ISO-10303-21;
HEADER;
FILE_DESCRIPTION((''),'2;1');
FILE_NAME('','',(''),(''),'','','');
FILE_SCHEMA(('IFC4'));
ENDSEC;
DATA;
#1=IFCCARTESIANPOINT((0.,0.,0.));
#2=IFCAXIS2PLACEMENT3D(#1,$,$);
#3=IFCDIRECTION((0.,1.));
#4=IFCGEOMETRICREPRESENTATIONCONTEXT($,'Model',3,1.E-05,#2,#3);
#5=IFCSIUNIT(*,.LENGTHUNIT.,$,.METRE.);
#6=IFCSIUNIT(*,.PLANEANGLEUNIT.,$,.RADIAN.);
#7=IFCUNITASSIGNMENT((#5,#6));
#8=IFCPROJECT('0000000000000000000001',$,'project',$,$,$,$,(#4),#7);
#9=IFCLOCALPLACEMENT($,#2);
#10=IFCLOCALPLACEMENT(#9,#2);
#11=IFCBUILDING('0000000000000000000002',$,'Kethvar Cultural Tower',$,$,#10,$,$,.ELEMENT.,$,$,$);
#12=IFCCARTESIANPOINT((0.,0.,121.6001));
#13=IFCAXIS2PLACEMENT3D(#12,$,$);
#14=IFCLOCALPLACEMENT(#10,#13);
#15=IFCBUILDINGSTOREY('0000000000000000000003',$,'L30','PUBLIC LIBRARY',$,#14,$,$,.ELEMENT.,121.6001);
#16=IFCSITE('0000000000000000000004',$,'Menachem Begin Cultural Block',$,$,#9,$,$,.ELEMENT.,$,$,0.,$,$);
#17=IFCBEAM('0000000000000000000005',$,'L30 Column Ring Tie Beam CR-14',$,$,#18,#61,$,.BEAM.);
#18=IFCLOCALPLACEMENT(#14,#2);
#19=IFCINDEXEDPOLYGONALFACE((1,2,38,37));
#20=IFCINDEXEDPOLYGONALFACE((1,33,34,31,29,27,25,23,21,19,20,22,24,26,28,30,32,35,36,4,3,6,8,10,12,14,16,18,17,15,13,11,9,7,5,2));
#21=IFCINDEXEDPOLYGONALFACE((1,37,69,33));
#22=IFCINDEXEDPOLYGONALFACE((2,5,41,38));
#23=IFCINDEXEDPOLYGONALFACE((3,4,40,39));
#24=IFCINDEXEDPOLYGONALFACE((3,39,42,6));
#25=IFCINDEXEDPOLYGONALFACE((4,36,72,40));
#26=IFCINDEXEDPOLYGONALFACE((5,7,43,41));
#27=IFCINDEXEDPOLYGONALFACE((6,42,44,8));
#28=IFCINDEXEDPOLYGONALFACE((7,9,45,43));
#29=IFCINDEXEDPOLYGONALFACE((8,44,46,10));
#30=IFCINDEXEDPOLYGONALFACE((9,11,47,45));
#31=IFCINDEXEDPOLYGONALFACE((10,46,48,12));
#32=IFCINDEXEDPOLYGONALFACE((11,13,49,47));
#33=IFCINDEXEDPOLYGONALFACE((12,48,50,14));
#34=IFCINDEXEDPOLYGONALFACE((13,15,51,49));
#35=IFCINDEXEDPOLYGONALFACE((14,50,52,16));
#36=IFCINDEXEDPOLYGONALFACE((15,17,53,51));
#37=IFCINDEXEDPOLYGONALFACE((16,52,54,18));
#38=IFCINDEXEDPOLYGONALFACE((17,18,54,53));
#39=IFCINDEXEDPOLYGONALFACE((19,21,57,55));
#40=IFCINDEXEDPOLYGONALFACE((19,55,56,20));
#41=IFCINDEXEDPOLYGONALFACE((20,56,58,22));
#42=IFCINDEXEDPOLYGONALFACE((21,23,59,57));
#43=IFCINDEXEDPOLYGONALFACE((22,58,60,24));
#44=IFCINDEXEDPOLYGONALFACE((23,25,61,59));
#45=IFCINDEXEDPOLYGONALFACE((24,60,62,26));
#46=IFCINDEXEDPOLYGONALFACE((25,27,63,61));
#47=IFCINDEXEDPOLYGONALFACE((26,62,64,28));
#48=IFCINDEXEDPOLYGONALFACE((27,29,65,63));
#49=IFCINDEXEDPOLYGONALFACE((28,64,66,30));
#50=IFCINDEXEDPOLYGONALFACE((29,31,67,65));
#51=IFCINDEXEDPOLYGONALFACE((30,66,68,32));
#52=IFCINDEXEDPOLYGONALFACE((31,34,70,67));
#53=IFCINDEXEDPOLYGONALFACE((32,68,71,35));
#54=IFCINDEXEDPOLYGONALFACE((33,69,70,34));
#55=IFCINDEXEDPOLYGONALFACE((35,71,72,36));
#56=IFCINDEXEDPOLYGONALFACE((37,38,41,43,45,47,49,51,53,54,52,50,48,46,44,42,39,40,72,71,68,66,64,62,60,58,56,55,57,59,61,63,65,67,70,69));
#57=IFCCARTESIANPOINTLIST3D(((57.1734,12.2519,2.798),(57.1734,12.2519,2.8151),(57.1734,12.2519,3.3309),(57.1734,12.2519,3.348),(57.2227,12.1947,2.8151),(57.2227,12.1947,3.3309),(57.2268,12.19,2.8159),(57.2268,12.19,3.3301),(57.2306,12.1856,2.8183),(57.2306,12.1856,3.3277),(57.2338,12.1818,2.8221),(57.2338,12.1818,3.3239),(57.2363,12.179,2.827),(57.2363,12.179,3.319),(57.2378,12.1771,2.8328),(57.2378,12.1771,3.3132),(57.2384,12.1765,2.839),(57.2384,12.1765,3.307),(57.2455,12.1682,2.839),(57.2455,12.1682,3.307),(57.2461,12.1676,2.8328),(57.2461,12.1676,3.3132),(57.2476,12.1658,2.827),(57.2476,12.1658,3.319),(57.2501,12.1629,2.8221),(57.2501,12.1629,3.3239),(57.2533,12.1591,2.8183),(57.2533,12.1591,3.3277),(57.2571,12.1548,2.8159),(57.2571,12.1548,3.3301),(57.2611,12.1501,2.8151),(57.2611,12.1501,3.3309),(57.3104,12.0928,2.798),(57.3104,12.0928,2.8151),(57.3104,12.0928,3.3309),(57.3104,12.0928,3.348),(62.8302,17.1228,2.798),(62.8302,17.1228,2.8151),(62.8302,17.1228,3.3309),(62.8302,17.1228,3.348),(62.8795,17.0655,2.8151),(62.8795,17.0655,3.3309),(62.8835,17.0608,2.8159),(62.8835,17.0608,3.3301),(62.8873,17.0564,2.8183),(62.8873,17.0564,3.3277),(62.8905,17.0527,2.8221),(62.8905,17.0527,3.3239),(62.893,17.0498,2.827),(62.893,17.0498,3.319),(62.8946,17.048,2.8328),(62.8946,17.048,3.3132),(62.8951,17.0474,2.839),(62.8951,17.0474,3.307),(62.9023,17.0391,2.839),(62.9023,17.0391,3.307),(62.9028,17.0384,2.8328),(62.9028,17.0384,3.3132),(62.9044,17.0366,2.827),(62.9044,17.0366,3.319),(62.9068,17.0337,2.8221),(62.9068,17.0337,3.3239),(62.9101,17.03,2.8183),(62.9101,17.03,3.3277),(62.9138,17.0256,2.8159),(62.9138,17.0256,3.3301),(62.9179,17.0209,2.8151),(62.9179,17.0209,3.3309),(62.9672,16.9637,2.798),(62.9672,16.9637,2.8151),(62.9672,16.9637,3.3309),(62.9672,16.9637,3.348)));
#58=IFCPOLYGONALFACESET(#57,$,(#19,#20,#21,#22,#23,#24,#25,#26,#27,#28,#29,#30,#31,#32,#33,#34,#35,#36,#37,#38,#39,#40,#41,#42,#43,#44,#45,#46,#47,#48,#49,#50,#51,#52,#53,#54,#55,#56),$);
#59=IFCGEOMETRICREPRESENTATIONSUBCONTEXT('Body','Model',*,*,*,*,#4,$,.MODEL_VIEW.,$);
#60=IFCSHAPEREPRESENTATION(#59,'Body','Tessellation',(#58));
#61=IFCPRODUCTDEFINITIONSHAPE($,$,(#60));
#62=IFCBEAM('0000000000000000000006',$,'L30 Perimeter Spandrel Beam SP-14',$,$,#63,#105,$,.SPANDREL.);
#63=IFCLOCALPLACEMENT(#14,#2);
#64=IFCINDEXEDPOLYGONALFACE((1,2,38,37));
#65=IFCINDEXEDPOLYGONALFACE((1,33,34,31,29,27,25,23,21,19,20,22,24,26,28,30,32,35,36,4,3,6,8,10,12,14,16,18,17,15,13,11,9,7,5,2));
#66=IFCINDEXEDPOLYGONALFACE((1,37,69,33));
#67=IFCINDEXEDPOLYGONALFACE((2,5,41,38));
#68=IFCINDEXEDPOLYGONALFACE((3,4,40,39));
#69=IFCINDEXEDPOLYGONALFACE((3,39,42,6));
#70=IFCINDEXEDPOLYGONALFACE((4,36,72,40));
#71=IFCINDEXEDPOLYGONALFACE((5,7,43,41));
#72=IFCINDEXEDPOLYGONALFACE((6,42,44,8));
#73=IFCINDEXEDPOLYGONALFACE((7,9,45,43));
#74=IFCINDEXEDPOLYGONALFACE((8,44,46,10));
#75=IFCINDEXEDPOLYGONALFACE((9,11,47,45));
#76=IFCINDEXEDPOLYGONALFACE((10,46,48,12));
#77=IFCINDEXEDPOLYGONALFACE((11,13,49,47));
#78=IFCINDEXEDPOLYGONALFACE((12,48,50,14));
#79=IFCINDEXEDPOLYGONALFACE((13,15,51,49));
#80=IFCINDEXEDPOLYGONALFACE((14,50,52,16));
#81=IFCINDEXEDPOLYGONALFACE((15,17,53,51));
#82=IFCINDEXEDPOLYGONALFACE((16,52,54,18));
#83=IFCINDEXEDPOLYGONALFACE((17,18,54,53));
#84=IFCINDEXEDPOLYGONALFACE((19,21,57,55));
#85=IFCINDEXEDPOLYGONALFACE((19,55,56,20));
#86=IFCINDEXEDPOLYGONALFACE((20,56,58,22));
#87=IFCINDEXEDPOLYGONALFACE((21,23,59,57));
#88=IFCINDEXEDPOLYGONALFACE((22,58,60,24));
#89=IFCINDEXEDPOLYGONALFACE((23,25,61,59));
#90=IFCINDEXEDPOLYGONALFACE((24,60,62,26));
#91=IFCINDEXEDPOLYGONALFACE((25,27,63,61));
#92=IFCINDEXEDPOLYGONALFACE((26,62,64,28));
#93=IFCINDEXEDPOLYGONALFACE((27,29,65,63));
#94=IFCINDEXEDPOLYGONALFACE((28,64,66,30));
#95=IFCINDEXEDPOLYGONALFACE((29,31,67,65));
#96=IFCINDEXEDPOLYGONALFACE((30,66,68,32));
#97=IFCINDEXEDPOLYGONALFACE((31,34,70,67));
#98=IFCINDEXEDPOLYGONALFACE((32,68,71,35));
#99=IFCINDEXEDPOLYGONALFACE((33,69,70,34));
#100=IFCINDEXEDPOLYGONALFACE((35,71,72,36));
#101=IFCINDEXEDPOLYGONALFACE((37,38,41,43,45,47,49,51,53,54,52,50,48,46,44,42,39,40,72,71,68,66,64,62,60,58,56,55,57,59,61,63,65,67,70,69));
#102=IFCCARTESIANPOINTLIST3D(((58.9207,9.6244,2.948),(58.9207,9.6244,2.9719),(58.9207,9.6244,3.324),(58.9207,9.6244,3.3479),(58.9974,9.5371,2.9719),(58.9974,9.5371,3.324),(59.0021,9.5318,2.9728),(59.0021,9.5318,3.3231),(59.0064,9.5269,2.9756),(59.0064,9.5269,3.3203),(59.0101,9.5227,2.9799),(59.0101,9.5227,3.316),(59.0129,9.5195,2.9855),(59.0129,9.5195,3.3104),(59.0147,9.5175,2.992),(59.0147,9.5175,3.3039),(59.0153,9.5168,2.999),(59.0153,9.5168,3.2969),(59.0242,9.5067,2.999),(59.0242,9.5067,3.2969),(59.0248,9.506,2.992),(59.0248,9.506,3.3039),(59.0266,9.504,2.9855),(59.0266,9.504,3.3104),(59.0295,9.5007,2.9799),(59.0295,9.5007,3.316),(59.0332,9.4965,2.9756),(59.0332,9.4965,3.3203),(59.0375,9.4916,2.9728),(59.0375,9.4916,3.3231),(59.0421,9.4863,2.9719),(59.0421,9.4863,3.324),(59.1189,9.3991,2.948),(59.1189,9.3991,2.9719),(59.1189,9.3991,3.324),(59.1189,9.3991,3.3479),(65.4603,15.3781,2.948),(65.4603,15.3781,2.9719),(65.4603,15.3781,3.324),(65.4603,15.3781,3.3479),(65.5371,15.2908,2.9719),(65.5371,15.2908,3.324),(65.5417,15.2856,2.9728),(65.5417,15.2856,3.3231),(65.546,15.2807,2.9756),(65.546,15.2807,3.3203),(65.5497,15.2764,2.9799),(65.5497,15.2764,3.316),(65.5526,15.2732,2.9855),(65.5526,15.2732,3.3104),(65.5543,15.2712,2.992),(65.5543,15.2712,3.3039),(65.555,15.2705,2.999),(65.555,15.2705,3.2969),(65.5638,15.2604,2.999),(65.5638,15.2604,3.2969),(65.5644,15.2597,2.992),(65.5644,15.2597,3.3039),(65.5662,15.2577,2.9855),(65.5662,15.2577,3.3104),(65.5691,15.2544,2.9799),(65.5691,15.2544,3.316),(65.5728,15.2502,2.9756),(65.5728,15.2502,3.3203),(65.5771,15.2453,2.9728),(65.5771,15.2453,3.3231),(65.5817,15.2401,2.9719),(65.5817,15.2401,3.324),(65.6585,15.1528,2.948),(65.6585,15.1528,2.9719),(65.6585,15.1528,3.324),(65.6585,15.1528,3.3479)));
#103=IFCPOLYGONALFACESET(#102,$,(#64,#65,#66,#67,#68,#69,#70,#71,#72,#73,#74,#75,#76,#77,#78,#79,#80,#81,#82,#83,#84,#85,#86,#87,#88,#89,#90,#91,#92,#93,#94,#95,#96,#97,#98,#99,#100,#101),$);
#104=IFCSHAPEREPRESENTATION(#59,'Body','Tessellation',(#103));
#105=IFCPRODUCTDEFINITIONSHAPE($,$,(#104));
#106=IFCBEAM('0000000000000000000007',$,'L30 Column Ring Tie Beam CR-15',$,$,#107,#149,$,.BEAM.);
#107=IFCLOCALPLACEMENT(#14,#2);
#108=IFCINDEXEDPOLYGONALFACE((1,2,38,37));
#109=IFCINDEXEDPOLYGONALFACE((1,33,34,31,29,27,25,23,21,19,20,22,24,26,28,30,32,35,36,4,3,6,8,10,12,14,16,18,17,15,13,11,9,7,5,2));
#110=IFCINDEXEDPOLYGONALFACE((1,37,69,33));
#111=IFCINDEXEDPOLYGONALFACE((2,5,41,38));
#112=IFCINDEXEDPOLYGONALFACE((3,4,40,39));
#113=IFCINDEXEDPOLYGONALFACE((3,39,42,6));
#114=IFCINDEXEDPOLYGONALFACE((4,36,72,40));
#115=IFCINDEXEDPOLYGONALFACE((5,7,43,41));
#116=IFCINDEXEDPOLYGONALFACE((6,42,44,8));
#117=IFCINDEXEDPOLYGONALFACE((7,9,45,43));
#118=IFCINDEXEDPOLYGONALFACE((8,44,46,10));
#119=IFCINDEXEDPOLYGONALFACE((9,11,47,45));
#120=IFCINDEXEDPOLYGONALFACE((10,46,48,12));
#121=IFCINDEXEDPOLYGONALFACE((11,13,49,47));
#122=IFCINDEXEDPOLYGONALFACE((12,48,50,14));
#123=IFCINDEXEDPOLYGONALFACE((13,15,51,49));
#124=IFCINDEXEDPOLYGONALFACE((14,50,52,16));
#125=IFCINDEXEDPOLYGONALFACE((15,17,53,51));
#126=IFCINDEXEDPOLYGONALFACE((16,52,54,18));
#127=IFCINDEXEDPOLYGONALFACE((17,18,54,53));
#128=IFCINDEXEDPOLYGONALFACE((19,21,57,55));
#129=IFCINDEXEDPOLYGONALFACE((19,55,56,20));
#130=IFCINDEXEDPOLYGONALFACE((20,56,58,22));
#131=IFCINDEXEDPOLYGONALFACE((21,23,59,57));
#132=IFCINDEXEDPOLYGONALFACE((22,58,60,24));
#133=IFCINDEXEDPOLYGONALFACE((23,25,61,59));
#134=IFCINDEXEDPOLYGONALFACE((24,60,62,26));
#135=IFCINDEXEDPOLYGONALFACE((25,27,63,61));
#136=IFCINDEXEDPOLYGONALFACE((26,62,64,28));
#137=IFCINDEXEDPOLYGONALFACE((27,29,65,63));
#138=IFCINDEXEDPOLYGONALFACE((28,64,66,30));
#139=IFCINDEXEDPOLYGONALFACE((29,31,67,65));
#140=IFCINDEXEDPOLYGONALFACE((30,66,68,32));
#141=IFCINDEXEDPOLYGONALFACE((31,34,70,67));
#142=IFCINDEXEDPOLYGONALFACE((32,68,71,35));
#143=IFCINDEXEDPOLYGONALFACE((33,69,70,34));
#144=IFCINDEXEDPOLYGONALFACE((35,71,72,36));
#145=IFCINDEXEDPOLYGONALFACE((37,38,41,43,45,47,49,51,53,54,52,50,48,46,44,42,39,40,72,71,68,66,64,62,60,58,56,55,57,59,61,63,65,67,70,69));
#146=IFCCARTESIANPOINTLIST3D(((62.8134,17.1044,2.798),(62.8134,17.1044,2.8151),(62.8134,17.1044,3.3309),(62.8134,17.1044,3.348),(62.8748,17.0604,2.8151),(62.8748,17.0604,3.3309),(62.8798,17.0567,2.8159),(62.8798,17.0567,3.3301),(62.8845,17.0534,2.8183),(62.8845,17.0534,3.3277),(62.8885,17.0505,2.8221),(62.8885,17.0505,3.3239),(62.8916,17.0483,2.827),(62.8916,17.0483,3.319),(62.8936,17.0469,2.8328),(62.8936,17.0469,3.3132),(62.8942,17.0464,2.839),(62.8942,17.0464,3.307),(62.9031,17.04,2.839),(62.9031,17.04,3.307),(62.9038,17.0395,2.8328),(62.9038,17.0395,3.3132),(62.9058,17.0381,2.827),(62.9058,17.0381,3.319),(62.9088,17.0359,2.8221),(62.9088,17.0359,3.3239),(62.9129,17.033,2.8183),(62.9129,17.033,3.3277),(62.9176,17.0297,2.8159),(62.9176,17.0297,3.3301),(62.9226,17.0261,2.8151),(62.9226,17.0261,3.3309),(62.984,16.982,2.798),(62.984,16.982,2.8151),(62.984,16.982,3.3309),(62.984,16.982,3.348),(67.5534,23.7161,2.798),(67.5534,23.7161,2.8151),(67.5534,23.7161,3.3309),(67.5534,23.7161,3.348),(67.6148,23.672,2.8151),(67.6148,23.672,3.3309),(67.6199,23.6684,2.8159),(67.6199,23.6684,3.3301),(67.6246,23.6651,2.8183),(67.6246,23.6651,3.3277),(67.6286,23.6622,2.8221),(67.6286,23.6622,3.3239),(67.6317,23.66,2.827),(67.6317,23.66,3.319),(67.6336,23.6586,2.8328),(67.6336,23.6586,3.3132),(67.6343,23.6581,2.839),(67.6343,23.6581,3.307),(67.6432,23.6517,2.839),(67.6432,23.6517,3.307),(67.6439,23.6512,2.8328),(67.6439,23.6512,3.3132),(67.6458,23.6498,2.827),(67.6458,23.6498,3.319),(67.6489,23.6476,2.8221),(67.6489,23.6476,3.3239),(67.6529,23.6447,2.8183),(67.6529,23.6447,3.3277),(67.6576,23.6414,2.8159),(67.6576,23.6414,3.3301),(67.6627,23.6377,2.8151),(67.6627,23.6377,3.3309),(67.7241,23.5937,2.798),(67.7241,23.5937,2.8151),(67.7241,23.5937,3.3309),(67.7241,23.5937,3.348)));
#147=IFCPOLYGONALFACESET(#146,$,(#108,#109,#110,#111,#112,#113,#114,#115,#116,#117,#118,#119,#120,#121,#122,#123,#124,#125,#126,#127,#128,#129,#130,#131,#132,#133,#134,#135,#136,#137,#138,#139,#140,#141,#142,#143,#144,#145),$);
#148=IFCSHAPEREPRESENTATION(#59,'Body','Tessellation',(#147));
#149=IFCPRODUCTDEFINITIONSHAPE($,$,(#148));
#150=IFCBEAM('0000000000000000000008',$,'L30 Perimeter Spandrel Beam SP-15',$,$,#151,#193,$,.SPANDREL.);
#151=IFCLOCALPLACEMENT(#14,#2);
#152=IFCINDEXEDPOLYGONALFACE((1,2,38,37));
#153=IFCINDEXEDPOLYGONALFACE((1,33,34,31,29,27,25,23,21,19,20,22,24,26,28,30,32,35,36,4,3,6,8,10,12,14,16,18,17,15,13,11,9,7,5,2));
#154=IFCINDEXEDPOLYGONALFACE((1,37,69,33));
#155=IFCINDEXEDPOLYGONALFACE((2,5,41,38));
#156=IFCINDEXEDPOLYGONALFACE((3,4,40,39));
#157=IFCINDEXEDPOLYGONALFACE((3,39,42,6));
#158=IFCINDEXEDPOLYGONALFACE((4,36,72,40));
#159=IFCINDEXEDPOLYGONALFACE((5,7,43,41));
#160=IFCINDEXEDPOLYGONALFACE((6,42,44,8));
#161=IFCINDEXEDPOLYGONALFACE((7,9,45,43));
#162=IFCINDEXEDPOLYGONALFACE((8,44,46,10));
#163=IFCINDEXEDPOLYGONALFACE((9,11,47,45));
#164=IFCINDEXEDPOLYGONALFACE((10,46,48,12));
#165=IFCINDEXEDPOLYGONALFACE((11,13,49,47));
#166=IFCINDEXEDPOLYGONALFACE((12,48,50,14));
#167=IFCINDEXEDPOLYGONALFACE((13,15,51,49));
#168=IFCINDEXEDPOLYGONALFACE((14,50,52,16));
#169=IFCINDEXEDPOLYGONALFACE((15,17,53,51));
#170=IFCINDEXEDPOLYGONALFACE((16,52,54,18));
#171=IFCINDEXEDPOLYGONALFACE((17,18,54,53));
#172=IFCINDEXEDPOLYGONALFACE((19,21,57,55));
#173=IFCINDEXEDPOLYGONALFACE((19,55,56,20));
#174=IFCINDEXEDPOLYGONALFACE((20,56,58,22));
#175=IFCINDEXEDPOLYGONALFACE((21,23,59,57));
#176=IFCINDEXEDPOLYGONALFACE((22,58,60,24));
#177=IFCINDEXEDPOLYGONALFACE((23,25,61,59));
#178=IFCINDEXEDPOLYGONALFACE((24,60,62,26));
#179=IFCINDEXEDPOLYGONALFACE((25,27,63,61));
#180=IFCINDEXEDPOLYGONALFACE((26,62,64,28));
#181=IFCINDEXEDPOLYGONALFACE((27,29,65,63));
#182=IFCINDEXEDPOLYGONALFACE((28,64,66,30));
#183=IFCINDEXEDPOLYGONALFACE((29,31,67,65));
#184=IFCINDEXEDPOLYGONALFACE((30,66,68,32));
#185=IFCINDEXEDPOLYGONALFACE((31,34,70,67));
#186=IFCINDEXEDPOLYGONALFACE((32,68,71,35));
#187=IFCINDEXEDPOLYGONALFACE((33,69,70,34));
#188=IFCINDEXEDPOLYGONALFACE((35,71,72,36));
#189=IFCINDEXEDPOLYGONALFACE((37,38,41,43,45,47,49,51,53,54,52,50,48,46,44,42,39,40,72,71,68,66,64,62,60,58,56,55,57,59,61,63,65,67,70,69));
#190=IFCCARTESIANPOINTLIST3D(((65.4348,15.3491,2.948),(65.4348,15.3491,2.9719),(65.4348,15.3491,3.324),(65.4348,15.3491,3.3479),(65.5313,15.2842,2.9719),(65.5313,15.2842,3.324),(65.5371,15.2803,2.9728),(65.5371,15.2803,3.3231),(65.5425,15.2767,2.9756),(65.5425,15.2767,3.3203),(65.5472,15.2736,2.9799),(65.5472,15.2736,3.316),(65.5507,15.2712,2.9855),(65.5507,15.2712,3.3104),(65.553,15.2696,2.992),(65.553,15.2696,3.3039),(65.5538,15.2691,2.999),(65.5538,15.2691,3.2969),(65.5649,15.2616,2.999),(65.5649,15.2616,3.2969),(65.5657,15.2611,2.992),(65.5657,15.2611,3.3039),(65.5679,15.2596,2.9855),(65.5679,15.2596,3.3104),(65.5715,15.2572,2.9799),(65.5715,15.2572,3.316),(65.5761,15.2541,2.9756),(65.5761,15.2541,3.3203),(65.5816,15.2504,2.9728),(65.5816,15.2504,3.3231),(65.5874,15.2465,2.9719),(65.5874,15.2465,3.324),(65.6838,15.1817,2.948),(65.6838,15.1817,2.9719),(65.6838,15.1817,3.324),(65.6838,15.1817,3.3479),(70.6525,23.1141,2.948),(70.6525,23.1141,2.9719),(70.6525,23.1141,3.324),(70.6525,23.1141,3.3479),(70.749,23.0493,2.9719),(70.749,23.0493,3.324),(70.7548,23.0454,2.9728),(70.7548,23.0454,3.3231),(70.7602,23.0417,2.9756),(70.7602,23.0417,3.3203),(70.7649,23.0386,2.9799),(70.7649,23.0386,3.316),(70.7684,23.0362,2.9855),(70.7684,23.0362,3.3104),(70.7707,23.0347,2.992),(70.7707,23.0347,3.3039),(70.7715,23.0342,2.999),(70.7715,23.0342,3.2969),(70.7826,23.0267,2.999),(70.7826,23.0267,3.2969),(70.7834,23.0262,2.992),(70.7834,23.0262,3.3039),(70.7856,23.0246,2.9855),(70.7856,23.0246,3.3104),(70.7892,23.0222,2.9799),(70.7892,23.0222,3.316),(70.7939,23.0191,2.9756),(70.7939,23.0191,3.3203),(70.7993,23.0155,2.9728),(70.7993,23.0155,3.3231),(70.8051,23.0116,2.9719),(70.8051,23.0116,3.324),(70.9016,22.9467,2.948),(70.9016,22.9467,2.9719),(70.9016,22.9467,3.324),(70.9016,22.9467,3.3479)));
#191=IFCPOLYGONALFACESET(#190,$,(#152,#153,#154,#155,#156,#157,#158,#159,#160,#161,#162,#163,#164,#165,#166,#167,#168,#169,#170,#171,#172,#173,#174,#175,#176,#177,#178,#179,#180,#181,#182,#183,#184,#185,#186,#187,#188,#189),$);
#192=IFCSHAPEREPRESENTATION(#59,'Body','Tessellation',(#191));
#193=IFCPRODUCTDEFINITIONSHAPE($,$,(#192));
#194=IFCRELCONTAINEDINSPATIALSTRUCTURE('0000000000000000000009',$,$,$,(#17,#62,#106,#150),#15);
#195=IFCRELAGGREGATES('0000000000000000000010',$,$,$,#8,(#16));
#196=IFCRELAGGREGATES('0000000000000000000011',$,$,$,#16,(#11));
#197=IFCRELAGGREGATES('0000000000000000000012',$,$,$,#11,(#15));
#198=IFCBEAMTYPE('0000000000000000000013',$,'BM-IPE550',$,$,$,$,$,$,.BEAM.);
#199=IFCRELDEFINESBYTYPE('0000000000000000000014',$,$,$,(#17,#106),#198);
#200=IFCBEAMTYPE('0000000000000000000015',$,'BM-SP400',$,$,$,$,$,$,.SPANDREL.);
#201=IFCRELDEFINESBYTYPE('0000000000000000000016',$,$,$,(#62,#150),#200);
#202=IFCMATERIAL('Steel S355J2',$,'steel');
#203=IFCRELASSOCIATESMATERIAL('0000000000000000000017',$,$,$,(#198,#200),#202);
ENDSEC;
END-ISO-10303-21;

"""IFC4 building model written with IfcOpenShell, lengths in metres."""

from ifc_helpers import new_model, si_unit, direction, frame, origin, origin_2d, place, context, subcontext, project, spatial, i_section, extrude, source, transform, mapped, material, material_profile, profile_set, type_object, element, save


model = new_model("IFC4")

# Units and contexts
model_context = context("Model", 3, precision=1e-05, world=origin(), true_north=direction((0.0, 1.0)))
body_context = subcontext(model_context, "Body", "Model", "MODEL_VIEW")
ifc_project = project(units=[si_unit("LENGTHUNIT", "METRE"), si_unit("PLANEANGLEUNIT", "RADIAN")], contexts=[model_context])

# Site, building, storey
site_placement = place(None, origin())
site = spatial("IfcSite", under=ifc_project, at=site_placement, Name="Menachem Begin Cultural Block", CompositionType="ELEMENT", RefElevation=0.0)
building_placement = place(site_placement, origin())
building = spatial("IfcBuilding", under=site, at=building_placement, Name="Kethvar Cultural Tower", CompositionType="ELEMENT")
storey_placement = place(building_placement, frame((0.0, 0.0, 121.6001)))
storey = spatial("IfcBuildingStorey", under=building, at=storey_placement, Name="L30", Description="PUBLIC LIBRARY", CompositionType="ELEMENT", Elevation=121.6001)

# Beams
ifc_material_1 = material(Name="Steel S355J2", Category="steel")
ifc_material_profile_1 = material_profile(ifc_material_1, i_section(OverallWidth=0.21, OverallDepth=0.55, WebThickness=0.011, FlangeThickness=0.0171, FilletRadius=0.0239, at=origin_2d()), Name="Steel S355J2 — IPE550")
ifc_profile_set_1 = profile_set([ifc_material_profile_1], Name="Steel S355J2 — IPE550")
beam_type_1 = type_object("IfcBeamType", Name="BM-IPE550", PredefinedType="BEAM", material=ifc_profile_set_1)
shared_shape_1 = source(origin(), body_context, "Body", "SweptSolid", [
    extrude(i_section(OverallWidth=0.21, OverallDepth=0.55, WebThickness=0.011, FlangeThickness=0.0171, FilletRadius=0.0239, at=origin_2d()), origin(), (0.0, 0.0, 1.0), 7.4648),
])
beam_1_placement = place(storey_placement, frame((57.2419, 12.1724, 3.073), z_axis=(0.757784, 0.652505, 0.0), x_axis=(-0.652505, 0.757784, 0.0)))
element("IfcBeam", 1, at=beam_1_placement, inside=storey, type_object=beam_type_1, Name="L30 Column Ring Tie Beam CR-14", PredefinedType="BEAM", context=body_context, shape_type="MappedRepresentation", body=[
    mapped(shared_shape_1, transform((0.0, 0.0, 0.0), scale=1.0)),
])
ifc_material_profile_2 = material_profile(ifc_material_1, i_section(OverallWidth=0.3, OverallDepth=0.3999, WebThickness=0.0134, FlangeThickness=0.0239, FilletRadius=0.0271, at=origin_2d()), Name="Steel S355J2 — HEB400")
ifc_profile_set_2 = profile_set([ifc_material_profile_2], Name="Steel S355J2 — HEB400")
beam_type_2 = type_object("IfcBeamType", Name="BM-SP400", PredefinedType="SPANDREL", material=ifc_profile_set_2)
shared_shape_2 = source(origin(), body_context, "Body", "SweptSolid", [
    extrude(i_section(OverallWidth=0.3, OverallDepth=0.3999, WebThickness=0.0134, FlangeThickness=0.0239, FilletRadius=0.0271, at=origin_2d()), origin(), (0.0, 0.0, 1.0), 8.7104),
])
beam_2_placement = place(storey_placement, frame((59.0198, 9.5117, 3.1479), z_axis=(0.750779, 0.660554, 0.0), x_axis=(-0.660554, 0.750779, 0.0)))
element("IfcBeam", 2, at=beam_2_placement, inside=storey, type_object=beam_type_2, Name="L30 Perimeter Spandrel Beam SP-14", PredefinedType="SPANDREL", context=body_context, shape_type="MappedRepresentation", body=[
    mapped(shared_shape_2, transform((0.0, 0.0, 0.0), scale=1.0)),
])
shared_shape_3 = source(origin(), body_context, "Body", "SweptSolid", [
    extrude(i_section(OverallWidth=0.21, OverallDepth=0.55, WebThickness=0.011, FlangeThickness=0.0171, FilletRadius=0.0239, at=origin_2d()), origin(), (0.0, 0.0, 1.0), 8.1353),
])
beam_3_placement = place(storey_placement, frame((62.8987, 17.0432, 3.073), z_axis=(0.582657, 0.812718, 0.0), x_axis=(-0.812718, 0.582657, 0.0)))
element("IfcBeam", 3, at=beam_3_placement, inside=storey, type_object=beam_type_1, Name="L30 Column Ring Tie Beam CR-15", PredefinedType="BEAM", context=body_context, shape_type="MappedRepresentation", body=[
    mapped(shared_shape_3, transform((0.0, 0.0, 0.0), scale=1.0)),
])
shared_shape_4 = source(origin(), body_context, "Body", "SweptSolid", [
    extrude(i_section(OverallWidth=0.3, OverallDepth=0.3999, WebThickness=0.0134, FlangeThickness=0.0239, FilletRadius=0.0271, at=origin_2d()), origin(), (0.0, 0.0, 1.0), 9.3552),
])
beam_4_placement = place(storey_placement, frame((65.5593, 15.2654, 3.1479), z_axis=(0.557732, 0.830021, 0.0), x_axis=(-0.830021, 0.557732, 0.0)))
element("IfcBeam", 4, at=beam_4_placement, inside=storey, type_object=beam_type_2, Name="L30 Perimeter Spandrel Beam SP-15", PredefinedType="SPANDREL", context=body_context, shape_type="MappedRepresentation", body=[
    mapped(shared_shape_4, transform((0.0, 0.0, 0.0), scale=1.0)),
])

save(model, "model.ifc")
